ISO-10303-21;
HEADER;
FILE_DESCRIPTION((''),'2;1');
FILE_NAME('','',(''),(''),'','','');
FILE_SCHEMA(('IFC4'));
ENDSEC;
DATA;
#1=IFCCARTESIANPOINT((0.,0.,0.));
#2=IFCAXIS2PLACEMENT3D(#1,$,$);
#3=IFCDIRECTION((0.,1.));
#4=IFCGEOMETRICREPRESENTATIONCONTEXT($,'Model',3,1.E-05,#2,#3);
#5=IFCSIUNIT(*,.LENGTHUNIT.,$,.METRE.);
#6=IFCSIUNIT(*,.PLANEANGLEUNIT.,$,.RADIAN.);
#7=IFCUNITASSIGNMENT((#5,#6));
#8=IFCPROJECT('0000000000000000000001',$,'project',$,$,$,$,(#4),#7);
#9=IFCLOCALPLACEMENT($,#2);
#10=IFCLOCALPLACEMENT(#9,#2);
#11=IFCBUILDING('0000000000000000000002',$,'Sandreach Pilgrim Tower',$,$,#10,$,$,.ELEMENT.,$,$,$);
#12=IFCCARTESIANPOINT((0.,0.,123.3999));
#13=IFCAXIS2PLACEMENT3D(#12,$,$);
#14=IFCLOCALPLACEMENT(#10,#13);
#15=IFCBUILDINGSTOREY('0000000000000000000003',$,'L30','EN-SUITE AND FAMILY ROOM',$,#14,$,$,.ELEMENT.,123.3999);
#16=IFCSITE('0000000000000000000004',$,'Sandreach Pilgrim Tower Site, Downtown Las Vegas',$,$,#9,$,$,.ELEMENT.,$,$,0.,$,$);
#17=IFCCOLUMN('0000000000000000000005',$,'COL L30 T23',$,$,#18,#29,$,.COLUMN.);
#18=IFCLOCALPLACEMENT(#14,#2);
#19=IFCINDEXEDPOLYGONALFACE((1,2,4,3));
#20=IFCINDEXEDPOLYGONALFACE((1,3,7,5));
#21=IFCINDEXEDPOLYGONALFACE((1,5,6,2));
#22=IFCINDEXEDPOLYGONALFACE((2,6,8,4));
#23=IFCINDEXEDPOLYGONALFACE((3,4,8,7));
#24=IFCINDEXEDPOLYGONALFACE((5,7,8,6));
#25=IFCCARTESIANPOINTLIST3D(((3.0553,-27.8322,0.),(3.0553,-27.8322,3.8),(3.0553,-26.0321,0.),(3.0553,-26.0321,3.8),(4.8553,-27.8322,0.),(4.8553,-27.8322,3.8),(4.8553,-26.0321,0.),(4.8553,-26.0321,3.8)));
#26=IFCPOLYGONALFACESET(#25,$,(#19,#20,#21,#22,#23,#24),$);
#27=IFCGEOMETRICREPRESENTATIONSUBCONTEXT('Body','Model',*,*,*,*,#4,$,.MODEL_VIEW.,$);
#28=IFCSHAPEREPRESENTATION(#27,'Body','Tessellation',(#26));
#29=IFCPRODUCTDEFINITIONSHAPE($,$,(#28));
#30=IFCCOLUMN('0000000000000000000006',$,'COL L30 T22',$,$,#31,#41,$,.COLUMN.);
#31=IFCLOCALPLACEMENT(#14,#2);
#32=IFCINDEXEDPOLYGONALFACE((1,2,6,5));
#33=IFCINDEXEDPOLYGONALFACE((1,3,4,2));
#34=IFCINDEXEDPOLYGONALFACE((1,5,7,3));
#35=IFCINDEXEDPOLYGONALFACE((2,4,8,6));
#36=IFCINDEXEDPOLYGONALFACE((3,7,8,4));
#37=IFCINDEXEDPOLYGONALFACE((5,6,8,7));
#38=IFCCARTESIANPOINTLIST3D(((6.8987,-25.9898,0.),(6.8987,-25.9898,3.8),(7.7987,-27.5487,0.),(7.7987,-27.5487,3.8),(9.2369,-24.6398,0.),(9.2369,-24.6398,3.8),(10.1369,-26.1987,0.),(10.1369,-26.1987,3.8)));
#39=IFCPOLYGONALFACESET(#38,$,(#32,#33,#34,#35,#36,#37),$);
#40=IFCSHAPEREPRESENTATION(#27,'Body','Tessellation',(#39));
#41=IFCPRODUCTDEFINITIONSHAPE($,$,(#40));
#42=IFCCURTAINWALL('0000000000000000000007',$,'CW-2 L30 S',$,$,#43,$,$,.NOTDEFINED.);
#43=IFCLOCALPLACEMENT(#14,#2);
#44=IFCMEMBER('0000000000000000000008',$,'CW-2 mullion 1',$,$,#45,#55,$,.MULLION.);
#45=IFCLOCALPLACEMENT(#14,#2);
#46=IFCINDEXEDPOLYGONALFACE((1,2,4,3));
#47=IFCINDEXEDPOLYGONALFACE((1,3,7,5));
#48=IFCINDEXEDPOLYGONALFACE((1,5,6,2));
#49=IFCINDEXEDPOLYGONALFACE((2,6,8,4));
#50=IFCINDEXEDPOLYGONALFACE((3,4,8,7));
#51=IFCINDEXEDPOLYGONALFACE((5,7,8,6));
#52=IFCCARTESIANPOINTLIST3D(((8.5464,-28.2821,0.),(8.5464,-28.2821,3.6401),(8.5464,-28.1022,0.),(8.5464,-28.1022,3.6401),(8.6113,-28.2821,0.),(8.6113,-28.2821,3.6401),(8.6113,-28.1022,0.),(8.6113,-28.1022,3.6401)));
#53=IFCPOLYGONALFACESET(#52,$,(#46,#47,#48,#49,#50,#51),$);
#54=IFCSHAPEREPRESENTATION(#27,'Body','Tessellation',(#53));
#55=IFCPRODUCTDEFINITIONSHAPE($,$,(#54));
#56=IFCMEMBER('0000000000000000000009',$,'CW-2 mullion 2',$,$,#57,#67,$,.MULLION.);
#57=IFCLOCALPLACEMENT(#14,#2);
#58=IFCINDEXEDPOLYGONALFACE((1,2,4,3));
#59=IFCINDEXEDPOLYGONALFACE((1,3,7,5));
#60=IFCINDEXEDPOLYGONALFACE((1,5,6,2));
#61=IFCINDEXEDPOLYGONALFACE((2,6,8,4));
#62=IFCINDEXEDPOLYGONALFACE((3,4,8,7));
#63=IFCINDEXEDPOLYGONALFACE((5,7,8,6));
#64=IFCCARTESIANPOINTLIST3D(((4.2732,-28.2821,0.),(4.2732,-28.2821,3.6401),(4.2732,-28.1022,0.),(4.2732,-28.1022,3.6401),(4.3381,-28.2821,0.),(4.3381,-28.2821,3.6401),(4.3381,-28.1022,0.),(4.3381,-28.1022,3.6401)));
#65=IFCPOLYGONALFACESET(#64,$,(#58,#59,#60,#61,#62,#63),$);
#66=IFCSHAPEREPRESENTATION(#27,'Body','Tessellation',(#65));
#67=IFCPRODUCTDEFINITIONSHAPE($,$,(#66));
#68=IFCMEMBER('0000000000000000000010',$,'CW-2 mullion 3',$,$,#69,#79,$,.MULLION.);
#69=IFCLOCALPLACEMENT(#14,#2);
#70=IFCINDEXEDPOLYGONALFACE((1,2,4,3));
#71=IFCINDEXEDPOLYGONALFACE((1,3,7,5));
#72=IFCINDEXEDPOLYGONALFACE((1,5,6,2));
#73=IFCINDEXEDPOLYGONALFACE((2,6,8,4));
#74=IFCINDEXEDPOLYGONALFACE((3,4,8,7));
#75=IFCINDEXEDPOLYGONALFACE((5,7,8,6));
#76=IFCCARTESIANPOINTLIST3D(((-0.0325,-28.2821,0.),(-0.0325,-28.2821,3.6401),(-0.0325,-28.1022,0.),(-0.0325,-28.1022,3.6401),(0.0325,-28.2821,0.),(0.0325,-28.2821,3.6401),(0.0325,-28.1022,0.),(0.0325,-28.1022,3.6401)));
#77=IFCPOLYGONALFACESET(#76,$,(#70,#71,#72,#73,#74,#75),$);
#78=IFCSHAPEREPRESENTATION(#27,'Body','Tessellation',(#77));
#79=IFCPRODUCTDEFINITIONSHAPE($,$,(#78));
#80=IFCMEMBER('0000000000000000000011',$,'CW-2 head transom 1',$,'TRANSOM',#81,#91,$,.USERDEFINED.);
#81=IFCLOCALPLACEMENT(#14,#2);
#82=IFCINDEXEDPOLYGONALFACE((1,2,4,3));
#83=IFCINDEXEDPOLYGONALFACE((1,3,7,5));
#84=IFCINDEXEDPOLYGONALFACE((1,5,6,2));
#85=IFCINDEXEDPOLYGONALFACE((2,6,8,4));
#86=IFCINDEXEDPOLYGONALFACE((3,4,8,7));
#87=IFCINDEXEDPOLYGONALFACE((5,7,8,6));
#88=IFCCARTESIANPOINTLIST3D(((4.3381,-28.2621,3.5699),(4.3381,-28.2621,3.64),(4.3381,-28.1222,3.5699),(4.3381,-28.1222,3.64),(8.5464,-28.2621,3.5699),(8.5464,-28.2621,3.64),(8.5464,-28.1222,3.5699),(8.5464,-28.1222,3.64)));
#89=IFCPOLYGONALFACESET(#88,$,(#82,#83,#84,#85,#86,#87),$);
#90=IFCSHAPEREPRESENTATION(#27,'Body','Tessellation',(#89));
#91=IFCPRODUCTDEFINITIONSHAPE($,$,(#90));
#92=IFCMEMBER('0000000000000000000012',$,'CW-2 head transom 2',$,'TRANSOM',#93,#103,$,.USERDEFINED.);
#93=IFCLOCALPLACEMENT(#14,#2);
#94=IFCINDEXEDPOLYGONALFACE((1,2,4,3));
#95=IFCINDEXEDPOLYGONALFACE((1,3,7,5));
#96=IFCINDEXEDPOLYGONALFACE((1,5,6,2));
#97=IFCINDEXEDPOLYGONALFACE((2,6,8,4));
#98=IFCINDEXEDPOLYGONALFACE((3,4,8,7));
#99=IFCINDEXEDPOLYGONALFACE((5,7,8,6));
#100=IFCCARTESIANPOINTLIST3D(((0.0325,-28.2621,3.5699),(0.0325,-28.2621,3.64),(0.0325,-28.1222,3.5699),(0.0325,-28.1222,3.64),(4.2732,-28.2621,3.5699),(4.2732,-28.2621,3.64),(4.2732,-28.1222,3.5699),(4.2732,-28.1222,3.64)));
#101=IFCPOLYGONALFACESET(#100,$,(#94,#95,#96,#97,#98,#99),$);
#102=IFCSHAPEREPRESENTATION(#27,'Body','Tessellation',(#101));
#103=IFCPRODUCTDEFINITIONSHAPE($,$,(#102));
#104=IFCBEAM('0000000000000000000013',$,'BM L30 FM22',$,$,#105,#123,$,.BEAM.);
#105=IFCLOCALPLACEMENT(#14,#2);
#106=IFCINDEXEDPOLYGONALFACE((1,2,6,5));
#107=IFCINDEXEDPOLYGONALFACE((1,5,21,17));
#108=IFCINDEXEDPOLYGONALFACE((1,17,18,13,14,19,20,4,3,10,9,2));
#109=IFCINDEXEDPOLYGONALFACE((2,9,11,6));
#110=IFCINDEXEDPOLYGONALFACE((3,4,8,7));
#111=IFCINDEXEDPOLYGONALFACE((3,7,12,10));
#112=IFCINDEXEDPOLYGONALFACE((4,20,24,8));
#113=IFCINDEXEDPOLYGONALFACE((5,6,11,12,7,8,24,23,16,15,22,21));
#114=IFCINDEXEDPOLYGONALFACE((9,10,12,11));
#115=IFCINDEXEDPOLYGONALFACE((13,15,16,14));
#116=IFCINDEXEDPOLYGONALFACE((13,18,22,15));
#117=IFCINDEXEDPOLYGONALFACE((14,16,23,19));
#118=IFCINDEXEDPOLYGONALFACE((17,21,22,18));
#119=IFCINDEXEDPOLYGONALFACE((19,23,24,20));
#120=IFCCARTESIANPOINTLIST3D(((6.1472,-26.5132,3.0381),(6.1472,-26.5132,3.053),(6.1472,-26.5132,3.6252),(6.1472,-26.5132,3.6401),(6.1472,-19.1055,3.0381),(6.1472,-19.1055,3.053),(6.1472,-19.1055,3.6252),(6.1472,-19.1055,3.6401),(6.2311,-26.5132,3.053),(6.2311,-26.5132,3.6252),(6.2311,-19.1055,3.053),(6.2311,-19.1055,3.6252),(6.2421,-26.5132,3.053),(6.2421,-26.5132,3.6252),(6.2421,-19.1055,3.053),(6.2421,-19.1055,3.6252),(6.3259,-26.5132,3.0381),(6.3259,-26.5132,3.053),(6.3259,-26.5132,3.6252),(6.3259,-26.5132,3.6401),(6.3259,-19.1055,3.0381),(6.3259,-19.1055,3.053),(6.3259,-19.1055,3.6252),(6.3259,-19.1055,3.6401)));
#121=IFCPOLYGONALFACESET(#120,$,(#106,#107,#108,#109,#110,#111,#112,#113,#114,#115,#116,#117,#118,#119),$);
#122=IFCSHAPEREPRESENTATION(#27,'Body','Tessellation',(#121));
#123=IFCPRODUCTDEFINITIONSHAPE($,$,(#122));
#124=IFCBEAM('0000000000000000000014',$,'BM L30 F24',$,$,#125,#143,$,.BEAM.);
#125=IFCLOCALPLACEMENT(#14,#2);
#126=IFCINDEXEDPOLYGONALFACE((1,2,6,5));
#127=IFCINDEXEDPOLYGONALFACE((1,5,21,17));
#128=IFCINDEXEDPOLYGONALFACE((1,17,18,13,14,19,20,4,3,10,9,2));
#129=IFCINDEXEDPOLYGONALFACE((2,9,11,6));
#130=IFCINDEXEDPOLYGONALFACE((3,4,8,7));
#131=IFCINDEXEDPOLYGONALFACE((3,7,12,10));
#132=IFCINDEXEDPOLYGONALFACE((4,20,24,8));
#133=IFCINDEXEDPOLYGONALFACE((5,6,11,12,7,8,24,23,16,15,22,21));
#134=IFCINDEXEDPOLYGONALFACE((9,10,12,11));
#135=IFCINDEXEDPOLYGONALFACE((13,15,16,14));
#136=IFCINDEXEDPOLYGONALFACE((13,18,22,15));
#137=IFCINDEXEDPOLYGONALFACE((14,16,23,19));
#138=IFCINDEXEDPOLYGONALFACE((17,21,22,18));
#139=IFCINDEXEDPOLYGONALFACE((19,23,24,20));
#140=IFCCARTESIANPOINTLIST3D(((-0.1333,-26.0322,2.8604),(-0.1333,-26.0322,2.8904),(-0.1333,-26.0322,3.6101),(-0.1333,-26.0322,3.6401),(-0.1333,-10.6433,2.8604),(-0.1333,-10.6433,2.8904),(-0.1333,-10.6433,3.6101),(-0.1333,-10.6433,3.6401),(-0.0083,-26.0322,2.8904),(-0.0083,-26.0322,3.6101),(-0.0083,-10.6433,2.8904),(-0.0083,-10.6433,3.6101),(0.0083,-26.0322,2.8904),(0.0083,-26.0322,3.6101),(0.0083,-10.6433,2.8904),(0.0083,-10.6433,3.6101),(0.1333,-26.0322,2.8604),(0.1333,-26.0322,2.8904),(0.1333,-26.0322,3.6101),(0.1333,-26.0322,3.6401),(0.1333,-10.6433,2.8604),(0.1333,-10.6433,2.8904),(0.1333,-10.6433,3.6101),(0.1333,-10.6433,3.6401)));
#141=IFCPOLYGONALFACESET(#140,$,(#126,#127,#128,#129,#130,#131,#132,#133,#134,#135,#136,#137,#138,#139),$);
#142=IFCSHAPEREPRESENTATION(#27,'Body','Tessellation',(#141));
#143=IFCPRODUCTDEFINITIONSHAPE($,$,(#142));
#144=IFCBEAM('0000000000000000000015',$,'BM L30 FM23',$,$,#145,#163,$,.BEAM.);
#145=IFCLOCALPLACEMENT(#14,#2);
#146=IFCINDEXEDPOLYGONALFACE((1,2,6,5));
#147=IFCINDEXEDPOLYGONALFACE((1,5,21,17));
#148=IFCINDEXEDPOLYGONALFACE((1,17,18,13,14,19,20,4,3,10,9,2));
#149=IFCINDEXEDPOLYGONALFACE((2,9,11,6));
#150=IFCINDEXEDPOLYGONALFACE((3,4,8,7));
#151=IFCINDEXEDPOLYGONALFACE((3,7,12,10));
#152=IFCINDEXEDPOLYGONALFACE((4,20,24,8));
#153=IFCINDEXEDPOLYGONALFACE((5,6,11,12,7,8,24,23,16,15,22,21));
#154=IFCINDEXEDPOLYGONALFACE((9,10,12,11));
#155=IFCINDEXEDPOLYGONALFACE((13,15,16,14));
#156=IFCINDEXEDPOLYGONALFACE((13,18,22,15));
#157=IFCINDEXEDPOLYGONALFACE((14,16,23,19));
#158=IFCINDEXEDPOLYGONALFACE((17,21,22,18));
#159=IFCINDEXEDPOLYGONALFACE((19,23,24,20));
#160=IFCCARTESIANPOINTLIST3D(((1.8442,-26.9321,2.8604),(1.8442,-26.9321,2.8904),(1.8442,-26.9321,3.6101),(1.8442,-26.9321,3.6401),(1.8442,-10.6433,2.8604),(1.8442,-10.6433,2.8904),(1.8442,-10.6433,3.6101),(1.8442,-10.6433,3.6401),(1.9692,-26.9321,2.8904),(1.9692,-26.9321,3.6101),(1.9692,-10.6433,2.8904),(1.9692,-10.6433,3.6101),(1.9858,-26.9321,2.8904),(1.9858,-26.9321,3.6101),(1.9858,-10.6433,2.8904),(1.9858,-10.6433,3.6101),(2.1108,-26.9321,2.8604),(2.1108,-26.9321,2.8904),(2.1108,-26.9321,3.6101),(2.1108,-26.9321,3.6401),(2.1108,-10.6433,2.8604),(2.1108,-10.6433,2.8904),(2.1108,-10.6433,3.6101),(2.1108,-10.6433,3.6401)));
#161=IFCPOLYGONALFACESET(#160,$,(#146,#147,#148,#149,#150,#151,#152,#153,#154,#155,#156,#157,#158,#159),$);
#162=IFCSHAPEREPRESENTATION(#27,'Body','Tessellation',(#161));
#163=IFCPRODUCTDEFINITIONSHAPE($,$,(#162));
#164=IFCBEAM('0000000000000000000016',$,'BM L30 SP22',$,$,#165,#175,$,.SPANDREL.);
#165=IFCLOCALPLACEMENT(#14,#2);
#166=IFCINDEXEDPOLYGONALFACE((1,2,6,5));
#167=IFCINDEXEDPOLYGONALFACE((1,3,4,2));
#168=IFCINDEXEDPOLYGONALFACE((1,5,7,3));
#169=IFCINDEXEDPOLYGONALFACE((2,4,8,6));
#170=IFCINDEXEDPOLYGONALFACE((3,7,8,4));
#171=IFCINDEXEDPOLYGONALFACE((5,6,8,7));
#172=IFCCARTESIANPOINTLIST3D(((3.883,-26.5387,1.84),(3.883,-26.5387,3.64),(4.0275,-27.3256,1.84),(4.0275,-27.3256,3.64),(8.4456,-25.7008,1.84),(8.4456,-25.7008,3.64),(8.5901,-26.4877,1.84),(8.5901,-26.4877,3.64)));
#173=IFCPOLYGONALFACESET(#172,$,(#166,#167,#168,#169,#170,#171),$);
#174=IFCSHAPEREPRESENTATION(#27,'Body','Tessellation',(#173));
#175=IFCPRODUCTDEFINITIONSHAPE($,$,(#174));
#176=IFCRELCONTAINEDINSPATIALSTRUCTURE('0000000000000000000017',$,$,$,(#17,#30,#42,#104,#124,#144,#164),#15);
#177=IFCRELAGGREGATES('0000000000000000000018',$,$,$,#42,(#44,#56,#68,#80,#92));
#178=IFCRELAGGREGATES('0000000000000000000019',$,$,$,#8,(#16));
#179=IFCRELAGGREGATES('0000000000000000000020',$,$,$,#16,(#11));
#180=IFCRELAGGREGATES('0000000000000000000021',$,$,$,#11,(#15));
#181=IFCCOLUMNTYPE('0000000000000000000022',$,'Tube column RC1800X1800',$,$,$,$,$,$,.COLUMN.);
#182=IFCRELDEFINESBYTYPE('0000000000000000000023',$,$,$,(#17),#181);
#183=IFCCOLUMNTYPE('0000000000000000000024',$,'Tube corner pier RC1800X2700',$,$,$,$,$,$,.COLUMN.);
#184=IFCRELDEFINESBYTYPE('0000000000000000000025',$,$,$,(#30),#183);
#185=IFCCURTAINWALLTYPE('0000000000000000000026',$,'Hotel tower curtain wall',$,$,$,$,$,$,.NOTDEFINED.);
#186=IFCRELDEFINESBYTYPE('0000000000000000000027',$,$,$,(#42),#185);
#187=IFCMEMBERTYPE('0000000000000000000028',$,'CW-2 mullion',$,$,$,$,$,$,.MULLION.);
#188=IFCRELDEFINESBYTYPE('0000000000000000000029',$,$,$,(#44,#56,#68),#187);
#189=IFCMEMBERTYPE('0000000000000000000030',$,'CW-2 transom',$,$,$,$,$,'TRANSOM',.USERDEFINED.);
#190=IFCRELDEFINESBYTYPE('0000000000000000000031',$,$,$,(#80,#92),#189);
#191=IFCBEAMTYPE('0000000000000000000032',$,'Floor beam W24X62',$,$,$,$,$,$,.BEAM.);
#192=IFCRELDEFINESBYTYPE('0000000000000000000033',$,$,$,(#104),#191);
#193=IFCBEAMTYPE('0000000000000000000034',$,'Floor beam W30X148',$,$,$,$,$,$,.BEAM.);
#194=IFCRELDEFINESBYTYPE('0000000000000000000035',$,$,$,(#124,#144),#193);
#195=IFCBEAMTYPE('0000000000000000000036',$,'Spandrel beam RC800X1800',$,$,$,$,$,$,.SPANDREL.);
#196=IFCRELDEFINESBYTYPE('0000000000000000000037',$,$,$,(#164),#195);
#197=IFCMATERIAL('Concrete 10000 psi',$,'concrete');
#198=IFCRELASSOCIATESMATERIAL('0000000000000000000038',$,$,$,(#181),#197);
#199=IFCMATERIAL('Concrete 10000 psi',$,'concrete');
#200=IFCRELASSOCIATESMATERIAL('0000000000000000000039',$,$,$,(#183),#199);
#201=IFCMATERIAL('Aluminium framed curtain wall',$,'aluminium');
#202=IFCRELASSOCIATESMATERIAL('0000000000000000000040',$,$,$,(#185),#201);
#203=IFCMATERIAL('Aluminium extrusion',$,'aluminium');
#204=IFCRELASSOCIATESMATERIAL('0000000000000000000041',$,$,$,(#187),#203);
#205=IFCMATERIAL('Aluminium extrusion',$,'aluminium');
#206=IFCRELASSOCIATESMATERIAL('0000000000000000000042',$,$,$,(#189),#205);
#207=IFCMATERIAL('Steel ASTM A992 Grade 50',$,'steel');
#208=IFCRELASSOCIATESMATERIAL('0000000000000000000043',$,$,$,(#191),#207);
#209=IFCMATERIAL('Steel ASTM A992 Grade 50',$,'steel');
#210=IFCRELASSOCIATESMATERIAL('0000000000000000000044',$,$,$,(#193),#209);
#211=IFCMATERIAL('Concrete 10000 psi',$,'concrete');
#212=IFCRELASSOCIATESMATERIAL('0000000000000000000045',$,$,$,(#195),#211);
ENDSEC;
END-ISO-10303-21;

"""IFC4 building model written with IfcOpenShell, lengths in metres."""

from ifc_helpers import new_model, si_unit, direction, frame, origin, origin_2d, place, context, subcontext, project, spatial, rectangle, i_section, extrude, material, material_profile, profile_set, type_object, element, aggregate, save


model = new_model("IFC4")

# Units and contexts
model_context = context("Model", 3, precision=1e-05, world=origin(), true_north=direction((0.0, 1.0)))
body_context = subcontext(model_context, "Body", "Model", "MODEL_VIEW")
ifc_project = project(units=[si_unit("LENGTHUNIT", "METRE"), si_unit("PLANEANGLEUNIT", "RADIAN")], contexts=[model_context])

# Site, building, storey
site_placement = place(None, origin())
site = spatial("IfcSite", under=ifc_project, at=site_placement, Name="Sandreach Pilgrim Tower Site, Downtown Las Vegas", CompositionType="ELEMENT", RefElevation=0.0)
building_placement = place(site_placement, origin())
building = spatial("IfcBuilding", under=site, at=building_placement, Name="Sandreach Pilgrim Tower", CompositionType="ELEMENT")
storey_placement = place(building_placement, frame((0.0, 0.0, 123.3999)))
storey = spatial("IfcBuildingStorey", under=building, at=storey_placement, Name="L30", Description="EN-SUITE AND FAMILY ROOM", CompositionType="ELEMENT", Elevation=123.3999)

# Columns
ifc_material_1 = material(Name="Concrete 10000 psi", Category="concrete")
ifc_material_profile_1 = material_profile(ifc_material_1, rectangle(XDim=1.8, YDim=1.8, at=origin_2d()), Name="RC1800X1800")
ifc_profile_set_1 = profile_set([ifc_material_profile_1], Name="Concrete 10000 psi")
column_type_1 = type_object("IfcColumnType", Name="Tube column RC1800X1800", PredefinedType="COLUMN", material=ifc_profile_set_1)
column_1_placement = place(storey_placement, frame((3.9553, -26.9321, 0.0), z_axis=(0.0, 0.0, 1.0), x_axis=(0.0, -1.0, 0.0)))
element("IfcColumn", 1, at=column_1_placement, inside=storey, type_object=column_type_1, Name="COL L30 T23", PredefinedType="COLUMN", context=body_context, shape_type="SweptSolid", body=[
    extrude(rectangle(XDim=1.8, YDim=1.8, at=origin_2d()), origin(), (0.0, 0.0, 1.0), 3.8),
])
ifc_material_2 = material(Name="Concrete 10000 psi", Category="concrete")
ifc_material_profile_2 = material_profile(ifc_material_2, rectangle(XDim=1.8, YDim=2.7, at=origin_2d()), Name="RC1800X2700")
ifc_profile_set_2 = profile_set([ifc_material_profile_2], Name="Concrete 10000 psi")
column_type_2 = type_object("IfcColumnType", Name="Tube corner pier RC1800X2700", PredefinedType="COLUMN", material=ifc_profile_set_2)
column_2_placement = place(storey_placement, frame((8.5178, -26.0942, 0.0), z_axis=(0.0, 0.0, 1.0), x_axis=(0.5, -0.866025, 0.0)))
element("IfcColumn", 2, at=column_2_placement, inside=storey, type_object=column_type_2, Name="COL L30 T22", PredefinedType="COLUMN", context=body_context, shape_type="SweptSolid", body=[
    extrude(rectangle(XDim=1.8, YDim=2.7, at=origin_2d()), origin(), (0.0, 0.0, 1.0), 3.8),
])

# Curtain wall, members
ifc_material_3 = material(Name="Aluminium framed curtain wall", Category="aluminium")
curtain_wall_type = type_object("IfcCurtainWallType", Name="Hotel tower curtain wall", PredefinedType="NOTDEFINED", material=ifc_material_3)
curtain_wall_placement = place(storey_placement, origin())
curtain_wall = element("IfcCurtainWall", 3, at=curtain_wall_placement, inside=storey, type_object=curtain_wall_type, Name="CW-2 L30 S", PredefinedType="NOTDEFINED")
ifc_material_4 = material(Name="Aluminium extrusion", Category="aluminium")
ifc_material_profile_3 = material_profile(ifc_material_4, rectangle(XDim=0.0649, YDim=0.1799, at=origin_2d()), Name="CW-2M 65X180")
ifc_profile_set_3 = profile_set([ifc_material_profile_3], Name="Aluminium extrusion")
member_type_1 = type_object("IfcMemberType", Name="CW-2 mullion", PredefinedType="MULLION", material=ifc_profile_set_3)
member_1_placement = place(storey_placement, frame((8.5789, -28.1921, 0.0), z_axis=(0.0, 0.0, 1.0), x_axis=(-1.0, 0.0, 0.0)))
member_1 = element("IfcMember", 4, at=member_1_placement, type_object=member_type_1, Name="CW-2 mullion 1", PredefinedType="MULLION", context=body_context, shape_type="SweptSolid", body=[
    extrude(rectangle(XDim=0.0649, YDim=0.1799, at=origin_2d()), origin(), (0.0, 0.0, 1.0), 3.6401),
])
member_2_placement = place(storey_placement, frame((4.3057, -28.1921, 0.0), z_axis=(0.0, 0.0, 1.0), x_axis=(-1.0, 0.0, 0.0)))
member_2 = element("IfcMember", 5, at=member_2_placement, type_object=member_type_1, Name="CW-2 mullion 2", PredefinedType="MULLION", context=body_context, shape_type="SweptSolid", body=[
    extrude(rectangle(XDim=0.0649, YDim=0.1799, at=origin_2d()), origin(), (0.0, 0.0, 1.0), 3.6401),
])
member_3_placement = place(storey_placement, frame((0.0, -28.1921, 0.0), z_axis=(0.0, 0.0, 1.0), x_axis=(-1.0, 0.0, 0.0)))
member_3 = element("IfcMember", 6, at=member_3_placement, type_object=member_type_1, Name="CW-2 mullion 3", PredefinedType="MULLION", context=body_context, shape_type="SweptSolid", body=[
    extrude(rectangle(XDim=0.0649, YDim=0.1799, at=origin_2d()), origin(), (0.0, 0.0, 1.0), 3.6401),
])
ifc_material_5 = material(Name="Aluminium extrusion", Category="aluminium")
ifc_material_profile_4 = material_profile(ifc_material_5, rectangle(XDim=0.1399, YDim=0.0701, at=origin_2d()), Name="CW-2T 140X70")
ifc_profile_set_4 = profile_set([ifc_material_profile_4], Name="Aluminium extrusion")
member_type_2 = type_object("IfcMemberType", Name="CW-2 transom", ElementType="TRANSOM", PredefinedType="USERDEFINED", material=ifc_profile_set_4)
member_4_placement = place(storey_placement, frame((8.5464, -28.1921, 3.605), z_axis=(-1.0, 0.0, 0.0), x_axis=(0.0, -1.0, 0.0)))
member_4 = element("IfcMember", 7, at=member_4_placement, type_object=member_type_2, Name="CW-2 head transom 1", ObjectType="TRANSOM", PredefinedType="USERDEFINED", context=body_context, shape_type="SweptSolid", body=[
    extrude(rectangle(XDim=0.1399, YDim=0.0701, at=origin_2d()), origin(), (0.0, 0.0, 1.0), 4.2083),
])
member_5_placement = place(storey_placement, frame((4.2732, -28.1921, 3.605), z_axis=(-1.0, 0.0, 0.0), x_axis=(0.0, -1.0, 0.0)))
member_5 = element("IfcMember", 8, at=member_5_placement, type_object=member_type_2, Name="CW-2 head transom 2", ObjectType="TRANSOM", PredefinedType="USERDEFINED", context=body_context, shape_type="SweptSolid", body=[
    extrude(rectangle(XDim=0.1399, YDim=0.0701, at=origin_2d()), origin(), (0.0, 0.0, 1.0), 4.2407),
])

# Beams
ifc_material_6 = material(Name="Steel ASTM A992 Grade 50", Category="steel")
ifc_material_profile_5 = material_profile(ifc_material_6, i_section(OverallWidth=0.1787, OverallDepth=0.6021, WebThickness=0.011, FlangeThickness=0.0149, at=origin_2d()), Name="W24X62")
ifc_profile_set_5 = profile_set([ifc_material_profile_5], Name="Steel ASTM A992 Grade 50")
beam_type_1 = type_object("IfcBeamType", Name="Floor beam W24X62", PredefinedType="BEAM", material=ifc_profile_set_5)
beam_1_placement = place(storey_placement, frame((6.2366, -26.5132, 3.3391), z_axis=(0.0, 1.0, 0.0), x_axis=(-1.0, 0.0, 0.0)))
element("IfcBeam", 9, at=beam_1_placement, inside=storey, type_object=beam_type_1, Name="BM L30 FM22", PredefinedType="BEAM", context=body_context, shape_type="SweptSolid", body=[
    extrude(i_section(OverallWidth=0.1787, OverallDepth=0.6021, WebThickness=0.011, FlangeThickness=0.0149, at=origin_2d()), origin(), (0.0, 0.0, 1.0), 7.4077),
])
ifc_material_7 = material(Name="Steel ASTM A992 Grade 50", Category="steel")
ifc_material_profile_6 = material_profile(ifc_material_7, i_section(OverallWidth=0.2666, OverallDepth=0.7798, WebThickness=0.0166, FlangeThickness=0.03, at=origin_2d()), Name="W30X148")
ifc_profile_set_6 = profile_set([ifc_material_profile_6], Name="Steel ASTM A992 Grade 50")
beam_type_2 = type_object("IfcBeamType", Name="Floor beam W30X148", PredefinedType="BEAM", material=ifc_profile_set_6)
beam_2_placement = place(storey_placement, frame((0.0, -26.0322, 3.2502), z_axis=(0.0, 1.0, 0.0), x_axis=(-1.0, 0.0, 0.0)))
element("IfcBeam", 10, at=beam_2_placement, inside=storey, type_object=beam_type_2, Name="BM L30 F24", PredefinedType="BEAM", context=body_context, shape_type="SweptSolid", body=[
    extrude(i_section(OverallWidth=0.2666, OverallDepth=0.7798, WebThickness=0.0166, FlangeThickness=0.03, at=origin_2d()), origin(), (0.0, 0.0, 1.0), 15.3889),
])
beam_3_placement = place(storey_placement, frame((1.9775, -26.9321, 3.2502), z_axis=(0.0, 1.0, 0.0), x_axis=(-1.0, 0.0, 0.0)))
element("IfcBeam", 11, at=beam_3_placement, inside=storey, type_object=beam_type_2, Name="BM L30 FM23", PredefinedType="BEAM", context=body_context, shape_type="SweptSolid", body=[
    extrude(i_section(OverallWidth=0.2666, OverallDepth=0.7798, WebThickness=0.0166, FlangeThickness=0.03, at=origin_2d()), origin(), (0.0, 0.0, 1.0), 16.2888),
])
ifc_material_8 = material(Name="Concrete 10000 psi", Category="concrete")
ifc_material_profile_7 = material_profile(ifc_material_8, rectangle(XDim=0.8, YDim=1.8, at=origin_2d()), Name="RC800X1800")
ifc_profile_set_7 = profile_set([ifc_material_profile_7], Name="Concrete 10000 psi")
beam_type_3 = type_object("IfcBeamType", Name="Spandrel beam RC800X1800", PredefinedType="SPANDREL", material=ifc_profile_set_7)
beam_4_placement = place(storey_placement, frame((8.5178, -26.0942, 2.74), z_axis=(-0.983552, -0.180627, 0.0), x_axis=(0.180627, -0.983552, 0.0)))
element("IfcBeam", 12, at=beam_4_placement, inside=storey, type_object=beam_type_3, Name="BM L30 SP22", PredefinedType="SPANDREL", context=body_context, shape_type="SweptSolid", body=[
    extrude(rectangle(XDim=0.8, YDim=1.8, at=origin_2d()), origin(), (0.0, 0.0, 1.0), 4.6389),
])

aggregate(curtain_wall, [member_1, member_2, member_3, member_4, member_5])

save(model, "model.ifc")
